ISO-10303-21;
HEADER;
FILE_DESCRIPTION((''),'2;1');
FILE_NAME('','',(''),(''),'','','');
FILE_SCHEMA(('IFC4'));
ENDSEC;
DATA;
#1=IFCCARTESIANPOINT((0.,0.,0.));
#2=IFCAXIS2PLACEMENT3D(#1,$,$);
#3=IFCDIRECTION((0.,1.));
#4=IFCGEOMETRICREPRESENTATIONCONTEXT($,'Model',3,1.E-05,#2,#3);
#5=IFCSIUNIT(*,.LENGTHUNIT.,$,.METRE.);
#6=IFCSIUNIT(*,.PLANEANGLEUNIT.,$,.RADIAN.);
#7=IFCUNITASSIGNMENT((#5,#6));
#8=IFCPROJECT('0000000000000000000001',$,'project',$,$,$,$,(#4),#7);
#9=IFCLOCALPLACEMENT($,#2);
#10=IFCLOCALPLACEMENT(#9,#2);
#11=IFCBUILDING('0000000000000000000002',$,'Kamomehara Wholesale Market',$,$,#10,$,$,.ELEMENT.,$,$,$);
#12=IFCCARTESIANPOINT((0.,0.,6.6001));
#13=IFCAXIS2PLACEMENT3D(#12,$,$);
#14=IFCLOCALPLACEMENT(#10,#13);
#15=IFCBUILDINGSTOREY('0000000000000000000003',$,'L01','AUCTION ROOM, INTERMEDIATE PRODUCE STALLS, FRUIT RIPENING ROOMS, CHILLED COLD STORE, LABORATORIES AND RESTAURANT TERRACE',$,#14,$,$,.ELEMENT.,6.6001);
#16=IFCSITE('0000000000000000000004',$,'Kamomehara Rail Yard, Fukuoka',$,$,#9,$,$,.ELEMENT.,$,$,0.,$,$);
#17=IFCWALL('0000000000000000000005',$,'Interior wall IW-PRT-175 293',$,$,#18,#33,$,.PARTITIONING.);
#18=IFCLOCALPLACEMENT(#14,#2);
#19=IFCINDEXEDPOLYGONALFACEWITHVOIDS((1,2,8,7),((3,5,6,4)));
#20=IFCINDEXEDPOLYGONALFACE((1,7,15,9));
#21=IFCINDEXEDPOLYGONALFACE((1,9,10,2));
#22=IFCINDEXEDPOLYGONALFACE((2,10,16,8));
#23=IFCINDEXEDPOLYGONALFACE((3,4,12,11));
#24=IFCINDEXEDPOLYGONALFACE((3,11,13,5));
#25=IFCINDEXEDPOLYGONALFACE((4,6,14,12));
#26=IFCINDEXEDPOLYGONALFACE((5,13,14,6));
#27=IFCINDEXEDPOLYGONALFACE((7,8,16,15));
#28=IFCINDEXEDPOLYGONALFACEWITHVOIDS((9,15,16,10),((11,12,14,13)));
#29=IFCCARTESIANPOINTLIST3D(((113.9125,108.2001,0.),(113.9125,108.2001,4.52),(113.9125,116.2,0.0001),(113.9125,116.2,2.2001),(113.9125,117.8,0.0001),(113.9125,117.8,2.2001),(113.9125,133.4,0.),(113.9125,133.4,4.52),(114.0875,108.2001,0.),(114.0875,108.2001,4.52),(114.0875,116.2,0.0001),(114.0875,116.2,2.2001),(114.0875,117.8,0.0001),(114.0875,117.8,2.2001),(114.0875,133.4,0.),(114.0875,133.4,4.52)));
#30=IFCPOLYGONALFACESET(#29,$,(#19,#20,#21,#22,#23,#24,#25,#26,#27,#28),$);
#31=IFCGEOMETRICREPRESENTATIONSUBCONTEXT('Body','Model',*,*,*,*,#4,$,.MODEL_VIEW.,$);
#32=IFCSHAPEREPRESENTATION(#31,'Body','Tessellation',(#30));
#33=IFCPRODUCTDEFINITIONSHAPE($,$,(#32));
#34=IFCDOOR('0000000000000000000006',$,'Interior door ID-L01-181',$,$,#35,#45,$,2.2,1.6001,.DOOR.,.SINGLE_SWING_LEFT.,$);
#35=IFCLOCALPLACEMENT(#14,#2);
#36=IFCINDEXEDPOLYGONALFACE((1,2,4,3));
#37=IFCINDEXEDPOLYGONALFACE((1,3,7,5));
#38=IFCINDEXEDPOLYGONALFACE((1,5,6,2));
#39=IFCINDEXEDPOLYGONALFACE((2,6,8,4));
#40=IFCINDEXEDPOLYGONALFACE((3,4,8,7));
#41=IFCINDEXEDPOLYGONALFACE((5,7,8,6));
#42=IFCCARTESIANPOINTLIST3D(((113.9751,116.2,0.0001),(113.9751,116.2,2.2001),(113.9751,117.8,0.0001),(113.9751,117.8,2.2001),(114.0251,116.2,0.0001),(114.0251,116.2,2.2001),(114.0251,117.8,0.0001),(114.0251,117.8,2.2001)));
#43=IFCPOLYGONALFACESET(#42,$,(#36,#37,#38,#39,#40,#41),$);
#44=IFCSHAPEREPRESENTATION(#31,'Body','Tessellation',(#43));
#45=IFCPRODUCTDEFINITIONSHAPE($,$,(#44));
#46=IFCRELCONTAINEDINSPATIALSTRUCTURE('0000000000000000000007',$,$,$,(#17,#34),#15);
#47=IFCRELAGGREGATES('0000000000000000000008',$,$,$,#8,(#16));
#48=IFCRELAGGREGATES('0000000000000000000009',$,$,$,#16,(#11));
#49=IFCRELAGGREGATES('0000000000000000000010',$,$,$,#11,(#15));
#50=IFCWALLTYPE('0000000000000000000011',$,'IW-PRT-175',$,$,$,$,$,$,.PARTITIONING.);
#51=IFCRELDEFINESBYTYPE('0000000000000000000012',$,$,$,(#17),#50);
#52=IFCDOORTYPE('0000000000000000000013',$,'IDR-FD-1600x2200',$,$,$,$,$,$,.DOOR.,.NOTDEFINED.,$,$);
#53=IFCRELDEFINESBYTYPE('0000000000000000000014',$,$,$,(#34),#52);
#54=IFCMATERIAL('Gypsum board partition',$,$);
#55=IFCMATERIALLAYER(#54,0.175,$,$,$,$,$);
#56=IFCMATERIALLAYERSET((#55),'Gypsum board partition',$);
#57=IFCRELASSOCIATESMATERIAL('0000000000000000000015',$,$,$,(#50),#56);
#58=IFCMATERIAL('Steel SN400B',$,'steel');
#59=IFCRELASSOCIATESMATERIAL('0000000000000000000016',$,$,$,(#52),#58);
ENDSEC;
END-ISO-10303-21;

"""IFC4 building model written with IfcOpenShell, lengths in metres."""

from ifc_helpers import new_model, si_unit, direction, frame, frame_2d, origin, place, context, subcontext, project, spatial, rectangle, extrude, material, layer, layer_set, type_object, element, fill, save


model = new_model("IFC4")

# Units and contexts
model_context = context("Model", 3, precision=1e-05, world=origin(), true_north=direction((0.0, 1.0)))
body_context = subcontext(model_context, "Body", "Model", "MODEL_VIEW")
ifc_project = project(units=[si_unit("LENGTHUNIT", "METRE"), si_unit("PLANEANGLEUNIT", "RADIAN")], contexts=[model_context])

# Site, building, storey
site_placement = place(None, origin())
site = spatial("IfcSite", under=ifc_project, at=site_placement, Name="Kamomehara Rail Yard, Fukuoka", CompositionType="ELEMENT", RefElevation=0.0)
building_placement = place(site_placement, origin())
building = spatial("IfcBuilding", under=site, at=building_placement, Name="Kamomehara Wholesale Market", CompositionType="ELEMENT")
storey_placement = place(building_placement, frame((0.0, 0.0, 6.6001)))
storey = spatial("IfcBuildingStorey", under=building, at=storey_placement, Name="L01", Description="AUCTION ROOM, INTERMEDIATE PRODUCE STALLS, FRUIT RIPENING ROOMS, CHILLED COLD STORE, LABORATORIES AND RESTAURANT TERRACE", CompositionType="ELEMENT", Elevation=6.6001)

# Wall, opening, door
ifc_material_1 = material(Name="Gypsum board partition")
ifc_layer_1 = layer(ifc_material_1, 0.175)
ifc_layer_set_1 = layer_set([ifc_layer_1], Name="Gypsum board partition")
wall_type_1 = type_object("IfcWallType", Name="IW-PRT-175", PredefinedType="PARTITIONING", material=ifc_layer_set_1)
wall_1_placement = place(storey_placement, frame((114.0, 108.2, 0.0), z_axis=(0.0, 0.0, 1.0), x_axis=(0.0, 1.0, 0.0)))
wall_1 = element("IfcWall", 1, at=wall_1_placement, inside=storey, type_object=wall_type_1, Name="Interior wall IW-PRT-175 293", PredefinedType="PARTITIONING", context=body_context, shape_type="SweptSolid", body=[
    extrude(rectangle(XDim=25.2, YDim=0.175, at=frame_2d((12.6001, 0.0))), origin(), (0.0, 0.0, 1.0), 4.52),
])
opening_1_placement = place(wall_1_placement, frame((8.0, 0.0, 0.0)))
opening_1 = element("IfcOpeningElement", 2, at=opening_1_placement, cuts=wall_1, PredefinedType="OPENING", context=body_context, shape_type="SweptSolid", body=[
    extrude(rectangle(XDim=1.6001, YDim=2.2, at=frame_2d((0.8, 1.1001))), frame((0.0, 0.1025, 0.0), z_axis=(0.0, -1.0, 0.0), x_axis=(1.0, 0.0, 0.0)), (0.0, 0.0, 1.0), 0.2048),
])
ifc_material_2 = material(Name="Steel SN400B", Category="steel")
door_type_1 = type_object("IfcDoorType", Name="IDR-FD-1600x2200", OperationType="NOTDEFINED", PredefinedType="DOOR", material=ifc_material_2)
door_1_placement = place(opening_1_placement, origin())
door_1 = element("IfcDoor", 3, at=door_1_placement, inside=storey, type_object=door_type_1, Name="Interior door ID-L01-181", OperationType="SINGLE_SWING_LEFT", OverallHeight=2.2, OverallWidth=1.6001, PredefinedType="DOOR", context=body_context, shape_type="SweptSolid", body=[
    extrude(rectangle(XDim=1.6001, YDim=2.2, at=frame_2d((0.8, 1.1001))), frame((0.0, 0.0249, 0.0), z_axis=(0.0, -1.0, 0.0), x_axis=(1.0, 0.0, 0.0)), (0.0, 0.0, 1.0), 0.05),
])
fill(opening_1, door_1)

save(model, "model.ifc")
